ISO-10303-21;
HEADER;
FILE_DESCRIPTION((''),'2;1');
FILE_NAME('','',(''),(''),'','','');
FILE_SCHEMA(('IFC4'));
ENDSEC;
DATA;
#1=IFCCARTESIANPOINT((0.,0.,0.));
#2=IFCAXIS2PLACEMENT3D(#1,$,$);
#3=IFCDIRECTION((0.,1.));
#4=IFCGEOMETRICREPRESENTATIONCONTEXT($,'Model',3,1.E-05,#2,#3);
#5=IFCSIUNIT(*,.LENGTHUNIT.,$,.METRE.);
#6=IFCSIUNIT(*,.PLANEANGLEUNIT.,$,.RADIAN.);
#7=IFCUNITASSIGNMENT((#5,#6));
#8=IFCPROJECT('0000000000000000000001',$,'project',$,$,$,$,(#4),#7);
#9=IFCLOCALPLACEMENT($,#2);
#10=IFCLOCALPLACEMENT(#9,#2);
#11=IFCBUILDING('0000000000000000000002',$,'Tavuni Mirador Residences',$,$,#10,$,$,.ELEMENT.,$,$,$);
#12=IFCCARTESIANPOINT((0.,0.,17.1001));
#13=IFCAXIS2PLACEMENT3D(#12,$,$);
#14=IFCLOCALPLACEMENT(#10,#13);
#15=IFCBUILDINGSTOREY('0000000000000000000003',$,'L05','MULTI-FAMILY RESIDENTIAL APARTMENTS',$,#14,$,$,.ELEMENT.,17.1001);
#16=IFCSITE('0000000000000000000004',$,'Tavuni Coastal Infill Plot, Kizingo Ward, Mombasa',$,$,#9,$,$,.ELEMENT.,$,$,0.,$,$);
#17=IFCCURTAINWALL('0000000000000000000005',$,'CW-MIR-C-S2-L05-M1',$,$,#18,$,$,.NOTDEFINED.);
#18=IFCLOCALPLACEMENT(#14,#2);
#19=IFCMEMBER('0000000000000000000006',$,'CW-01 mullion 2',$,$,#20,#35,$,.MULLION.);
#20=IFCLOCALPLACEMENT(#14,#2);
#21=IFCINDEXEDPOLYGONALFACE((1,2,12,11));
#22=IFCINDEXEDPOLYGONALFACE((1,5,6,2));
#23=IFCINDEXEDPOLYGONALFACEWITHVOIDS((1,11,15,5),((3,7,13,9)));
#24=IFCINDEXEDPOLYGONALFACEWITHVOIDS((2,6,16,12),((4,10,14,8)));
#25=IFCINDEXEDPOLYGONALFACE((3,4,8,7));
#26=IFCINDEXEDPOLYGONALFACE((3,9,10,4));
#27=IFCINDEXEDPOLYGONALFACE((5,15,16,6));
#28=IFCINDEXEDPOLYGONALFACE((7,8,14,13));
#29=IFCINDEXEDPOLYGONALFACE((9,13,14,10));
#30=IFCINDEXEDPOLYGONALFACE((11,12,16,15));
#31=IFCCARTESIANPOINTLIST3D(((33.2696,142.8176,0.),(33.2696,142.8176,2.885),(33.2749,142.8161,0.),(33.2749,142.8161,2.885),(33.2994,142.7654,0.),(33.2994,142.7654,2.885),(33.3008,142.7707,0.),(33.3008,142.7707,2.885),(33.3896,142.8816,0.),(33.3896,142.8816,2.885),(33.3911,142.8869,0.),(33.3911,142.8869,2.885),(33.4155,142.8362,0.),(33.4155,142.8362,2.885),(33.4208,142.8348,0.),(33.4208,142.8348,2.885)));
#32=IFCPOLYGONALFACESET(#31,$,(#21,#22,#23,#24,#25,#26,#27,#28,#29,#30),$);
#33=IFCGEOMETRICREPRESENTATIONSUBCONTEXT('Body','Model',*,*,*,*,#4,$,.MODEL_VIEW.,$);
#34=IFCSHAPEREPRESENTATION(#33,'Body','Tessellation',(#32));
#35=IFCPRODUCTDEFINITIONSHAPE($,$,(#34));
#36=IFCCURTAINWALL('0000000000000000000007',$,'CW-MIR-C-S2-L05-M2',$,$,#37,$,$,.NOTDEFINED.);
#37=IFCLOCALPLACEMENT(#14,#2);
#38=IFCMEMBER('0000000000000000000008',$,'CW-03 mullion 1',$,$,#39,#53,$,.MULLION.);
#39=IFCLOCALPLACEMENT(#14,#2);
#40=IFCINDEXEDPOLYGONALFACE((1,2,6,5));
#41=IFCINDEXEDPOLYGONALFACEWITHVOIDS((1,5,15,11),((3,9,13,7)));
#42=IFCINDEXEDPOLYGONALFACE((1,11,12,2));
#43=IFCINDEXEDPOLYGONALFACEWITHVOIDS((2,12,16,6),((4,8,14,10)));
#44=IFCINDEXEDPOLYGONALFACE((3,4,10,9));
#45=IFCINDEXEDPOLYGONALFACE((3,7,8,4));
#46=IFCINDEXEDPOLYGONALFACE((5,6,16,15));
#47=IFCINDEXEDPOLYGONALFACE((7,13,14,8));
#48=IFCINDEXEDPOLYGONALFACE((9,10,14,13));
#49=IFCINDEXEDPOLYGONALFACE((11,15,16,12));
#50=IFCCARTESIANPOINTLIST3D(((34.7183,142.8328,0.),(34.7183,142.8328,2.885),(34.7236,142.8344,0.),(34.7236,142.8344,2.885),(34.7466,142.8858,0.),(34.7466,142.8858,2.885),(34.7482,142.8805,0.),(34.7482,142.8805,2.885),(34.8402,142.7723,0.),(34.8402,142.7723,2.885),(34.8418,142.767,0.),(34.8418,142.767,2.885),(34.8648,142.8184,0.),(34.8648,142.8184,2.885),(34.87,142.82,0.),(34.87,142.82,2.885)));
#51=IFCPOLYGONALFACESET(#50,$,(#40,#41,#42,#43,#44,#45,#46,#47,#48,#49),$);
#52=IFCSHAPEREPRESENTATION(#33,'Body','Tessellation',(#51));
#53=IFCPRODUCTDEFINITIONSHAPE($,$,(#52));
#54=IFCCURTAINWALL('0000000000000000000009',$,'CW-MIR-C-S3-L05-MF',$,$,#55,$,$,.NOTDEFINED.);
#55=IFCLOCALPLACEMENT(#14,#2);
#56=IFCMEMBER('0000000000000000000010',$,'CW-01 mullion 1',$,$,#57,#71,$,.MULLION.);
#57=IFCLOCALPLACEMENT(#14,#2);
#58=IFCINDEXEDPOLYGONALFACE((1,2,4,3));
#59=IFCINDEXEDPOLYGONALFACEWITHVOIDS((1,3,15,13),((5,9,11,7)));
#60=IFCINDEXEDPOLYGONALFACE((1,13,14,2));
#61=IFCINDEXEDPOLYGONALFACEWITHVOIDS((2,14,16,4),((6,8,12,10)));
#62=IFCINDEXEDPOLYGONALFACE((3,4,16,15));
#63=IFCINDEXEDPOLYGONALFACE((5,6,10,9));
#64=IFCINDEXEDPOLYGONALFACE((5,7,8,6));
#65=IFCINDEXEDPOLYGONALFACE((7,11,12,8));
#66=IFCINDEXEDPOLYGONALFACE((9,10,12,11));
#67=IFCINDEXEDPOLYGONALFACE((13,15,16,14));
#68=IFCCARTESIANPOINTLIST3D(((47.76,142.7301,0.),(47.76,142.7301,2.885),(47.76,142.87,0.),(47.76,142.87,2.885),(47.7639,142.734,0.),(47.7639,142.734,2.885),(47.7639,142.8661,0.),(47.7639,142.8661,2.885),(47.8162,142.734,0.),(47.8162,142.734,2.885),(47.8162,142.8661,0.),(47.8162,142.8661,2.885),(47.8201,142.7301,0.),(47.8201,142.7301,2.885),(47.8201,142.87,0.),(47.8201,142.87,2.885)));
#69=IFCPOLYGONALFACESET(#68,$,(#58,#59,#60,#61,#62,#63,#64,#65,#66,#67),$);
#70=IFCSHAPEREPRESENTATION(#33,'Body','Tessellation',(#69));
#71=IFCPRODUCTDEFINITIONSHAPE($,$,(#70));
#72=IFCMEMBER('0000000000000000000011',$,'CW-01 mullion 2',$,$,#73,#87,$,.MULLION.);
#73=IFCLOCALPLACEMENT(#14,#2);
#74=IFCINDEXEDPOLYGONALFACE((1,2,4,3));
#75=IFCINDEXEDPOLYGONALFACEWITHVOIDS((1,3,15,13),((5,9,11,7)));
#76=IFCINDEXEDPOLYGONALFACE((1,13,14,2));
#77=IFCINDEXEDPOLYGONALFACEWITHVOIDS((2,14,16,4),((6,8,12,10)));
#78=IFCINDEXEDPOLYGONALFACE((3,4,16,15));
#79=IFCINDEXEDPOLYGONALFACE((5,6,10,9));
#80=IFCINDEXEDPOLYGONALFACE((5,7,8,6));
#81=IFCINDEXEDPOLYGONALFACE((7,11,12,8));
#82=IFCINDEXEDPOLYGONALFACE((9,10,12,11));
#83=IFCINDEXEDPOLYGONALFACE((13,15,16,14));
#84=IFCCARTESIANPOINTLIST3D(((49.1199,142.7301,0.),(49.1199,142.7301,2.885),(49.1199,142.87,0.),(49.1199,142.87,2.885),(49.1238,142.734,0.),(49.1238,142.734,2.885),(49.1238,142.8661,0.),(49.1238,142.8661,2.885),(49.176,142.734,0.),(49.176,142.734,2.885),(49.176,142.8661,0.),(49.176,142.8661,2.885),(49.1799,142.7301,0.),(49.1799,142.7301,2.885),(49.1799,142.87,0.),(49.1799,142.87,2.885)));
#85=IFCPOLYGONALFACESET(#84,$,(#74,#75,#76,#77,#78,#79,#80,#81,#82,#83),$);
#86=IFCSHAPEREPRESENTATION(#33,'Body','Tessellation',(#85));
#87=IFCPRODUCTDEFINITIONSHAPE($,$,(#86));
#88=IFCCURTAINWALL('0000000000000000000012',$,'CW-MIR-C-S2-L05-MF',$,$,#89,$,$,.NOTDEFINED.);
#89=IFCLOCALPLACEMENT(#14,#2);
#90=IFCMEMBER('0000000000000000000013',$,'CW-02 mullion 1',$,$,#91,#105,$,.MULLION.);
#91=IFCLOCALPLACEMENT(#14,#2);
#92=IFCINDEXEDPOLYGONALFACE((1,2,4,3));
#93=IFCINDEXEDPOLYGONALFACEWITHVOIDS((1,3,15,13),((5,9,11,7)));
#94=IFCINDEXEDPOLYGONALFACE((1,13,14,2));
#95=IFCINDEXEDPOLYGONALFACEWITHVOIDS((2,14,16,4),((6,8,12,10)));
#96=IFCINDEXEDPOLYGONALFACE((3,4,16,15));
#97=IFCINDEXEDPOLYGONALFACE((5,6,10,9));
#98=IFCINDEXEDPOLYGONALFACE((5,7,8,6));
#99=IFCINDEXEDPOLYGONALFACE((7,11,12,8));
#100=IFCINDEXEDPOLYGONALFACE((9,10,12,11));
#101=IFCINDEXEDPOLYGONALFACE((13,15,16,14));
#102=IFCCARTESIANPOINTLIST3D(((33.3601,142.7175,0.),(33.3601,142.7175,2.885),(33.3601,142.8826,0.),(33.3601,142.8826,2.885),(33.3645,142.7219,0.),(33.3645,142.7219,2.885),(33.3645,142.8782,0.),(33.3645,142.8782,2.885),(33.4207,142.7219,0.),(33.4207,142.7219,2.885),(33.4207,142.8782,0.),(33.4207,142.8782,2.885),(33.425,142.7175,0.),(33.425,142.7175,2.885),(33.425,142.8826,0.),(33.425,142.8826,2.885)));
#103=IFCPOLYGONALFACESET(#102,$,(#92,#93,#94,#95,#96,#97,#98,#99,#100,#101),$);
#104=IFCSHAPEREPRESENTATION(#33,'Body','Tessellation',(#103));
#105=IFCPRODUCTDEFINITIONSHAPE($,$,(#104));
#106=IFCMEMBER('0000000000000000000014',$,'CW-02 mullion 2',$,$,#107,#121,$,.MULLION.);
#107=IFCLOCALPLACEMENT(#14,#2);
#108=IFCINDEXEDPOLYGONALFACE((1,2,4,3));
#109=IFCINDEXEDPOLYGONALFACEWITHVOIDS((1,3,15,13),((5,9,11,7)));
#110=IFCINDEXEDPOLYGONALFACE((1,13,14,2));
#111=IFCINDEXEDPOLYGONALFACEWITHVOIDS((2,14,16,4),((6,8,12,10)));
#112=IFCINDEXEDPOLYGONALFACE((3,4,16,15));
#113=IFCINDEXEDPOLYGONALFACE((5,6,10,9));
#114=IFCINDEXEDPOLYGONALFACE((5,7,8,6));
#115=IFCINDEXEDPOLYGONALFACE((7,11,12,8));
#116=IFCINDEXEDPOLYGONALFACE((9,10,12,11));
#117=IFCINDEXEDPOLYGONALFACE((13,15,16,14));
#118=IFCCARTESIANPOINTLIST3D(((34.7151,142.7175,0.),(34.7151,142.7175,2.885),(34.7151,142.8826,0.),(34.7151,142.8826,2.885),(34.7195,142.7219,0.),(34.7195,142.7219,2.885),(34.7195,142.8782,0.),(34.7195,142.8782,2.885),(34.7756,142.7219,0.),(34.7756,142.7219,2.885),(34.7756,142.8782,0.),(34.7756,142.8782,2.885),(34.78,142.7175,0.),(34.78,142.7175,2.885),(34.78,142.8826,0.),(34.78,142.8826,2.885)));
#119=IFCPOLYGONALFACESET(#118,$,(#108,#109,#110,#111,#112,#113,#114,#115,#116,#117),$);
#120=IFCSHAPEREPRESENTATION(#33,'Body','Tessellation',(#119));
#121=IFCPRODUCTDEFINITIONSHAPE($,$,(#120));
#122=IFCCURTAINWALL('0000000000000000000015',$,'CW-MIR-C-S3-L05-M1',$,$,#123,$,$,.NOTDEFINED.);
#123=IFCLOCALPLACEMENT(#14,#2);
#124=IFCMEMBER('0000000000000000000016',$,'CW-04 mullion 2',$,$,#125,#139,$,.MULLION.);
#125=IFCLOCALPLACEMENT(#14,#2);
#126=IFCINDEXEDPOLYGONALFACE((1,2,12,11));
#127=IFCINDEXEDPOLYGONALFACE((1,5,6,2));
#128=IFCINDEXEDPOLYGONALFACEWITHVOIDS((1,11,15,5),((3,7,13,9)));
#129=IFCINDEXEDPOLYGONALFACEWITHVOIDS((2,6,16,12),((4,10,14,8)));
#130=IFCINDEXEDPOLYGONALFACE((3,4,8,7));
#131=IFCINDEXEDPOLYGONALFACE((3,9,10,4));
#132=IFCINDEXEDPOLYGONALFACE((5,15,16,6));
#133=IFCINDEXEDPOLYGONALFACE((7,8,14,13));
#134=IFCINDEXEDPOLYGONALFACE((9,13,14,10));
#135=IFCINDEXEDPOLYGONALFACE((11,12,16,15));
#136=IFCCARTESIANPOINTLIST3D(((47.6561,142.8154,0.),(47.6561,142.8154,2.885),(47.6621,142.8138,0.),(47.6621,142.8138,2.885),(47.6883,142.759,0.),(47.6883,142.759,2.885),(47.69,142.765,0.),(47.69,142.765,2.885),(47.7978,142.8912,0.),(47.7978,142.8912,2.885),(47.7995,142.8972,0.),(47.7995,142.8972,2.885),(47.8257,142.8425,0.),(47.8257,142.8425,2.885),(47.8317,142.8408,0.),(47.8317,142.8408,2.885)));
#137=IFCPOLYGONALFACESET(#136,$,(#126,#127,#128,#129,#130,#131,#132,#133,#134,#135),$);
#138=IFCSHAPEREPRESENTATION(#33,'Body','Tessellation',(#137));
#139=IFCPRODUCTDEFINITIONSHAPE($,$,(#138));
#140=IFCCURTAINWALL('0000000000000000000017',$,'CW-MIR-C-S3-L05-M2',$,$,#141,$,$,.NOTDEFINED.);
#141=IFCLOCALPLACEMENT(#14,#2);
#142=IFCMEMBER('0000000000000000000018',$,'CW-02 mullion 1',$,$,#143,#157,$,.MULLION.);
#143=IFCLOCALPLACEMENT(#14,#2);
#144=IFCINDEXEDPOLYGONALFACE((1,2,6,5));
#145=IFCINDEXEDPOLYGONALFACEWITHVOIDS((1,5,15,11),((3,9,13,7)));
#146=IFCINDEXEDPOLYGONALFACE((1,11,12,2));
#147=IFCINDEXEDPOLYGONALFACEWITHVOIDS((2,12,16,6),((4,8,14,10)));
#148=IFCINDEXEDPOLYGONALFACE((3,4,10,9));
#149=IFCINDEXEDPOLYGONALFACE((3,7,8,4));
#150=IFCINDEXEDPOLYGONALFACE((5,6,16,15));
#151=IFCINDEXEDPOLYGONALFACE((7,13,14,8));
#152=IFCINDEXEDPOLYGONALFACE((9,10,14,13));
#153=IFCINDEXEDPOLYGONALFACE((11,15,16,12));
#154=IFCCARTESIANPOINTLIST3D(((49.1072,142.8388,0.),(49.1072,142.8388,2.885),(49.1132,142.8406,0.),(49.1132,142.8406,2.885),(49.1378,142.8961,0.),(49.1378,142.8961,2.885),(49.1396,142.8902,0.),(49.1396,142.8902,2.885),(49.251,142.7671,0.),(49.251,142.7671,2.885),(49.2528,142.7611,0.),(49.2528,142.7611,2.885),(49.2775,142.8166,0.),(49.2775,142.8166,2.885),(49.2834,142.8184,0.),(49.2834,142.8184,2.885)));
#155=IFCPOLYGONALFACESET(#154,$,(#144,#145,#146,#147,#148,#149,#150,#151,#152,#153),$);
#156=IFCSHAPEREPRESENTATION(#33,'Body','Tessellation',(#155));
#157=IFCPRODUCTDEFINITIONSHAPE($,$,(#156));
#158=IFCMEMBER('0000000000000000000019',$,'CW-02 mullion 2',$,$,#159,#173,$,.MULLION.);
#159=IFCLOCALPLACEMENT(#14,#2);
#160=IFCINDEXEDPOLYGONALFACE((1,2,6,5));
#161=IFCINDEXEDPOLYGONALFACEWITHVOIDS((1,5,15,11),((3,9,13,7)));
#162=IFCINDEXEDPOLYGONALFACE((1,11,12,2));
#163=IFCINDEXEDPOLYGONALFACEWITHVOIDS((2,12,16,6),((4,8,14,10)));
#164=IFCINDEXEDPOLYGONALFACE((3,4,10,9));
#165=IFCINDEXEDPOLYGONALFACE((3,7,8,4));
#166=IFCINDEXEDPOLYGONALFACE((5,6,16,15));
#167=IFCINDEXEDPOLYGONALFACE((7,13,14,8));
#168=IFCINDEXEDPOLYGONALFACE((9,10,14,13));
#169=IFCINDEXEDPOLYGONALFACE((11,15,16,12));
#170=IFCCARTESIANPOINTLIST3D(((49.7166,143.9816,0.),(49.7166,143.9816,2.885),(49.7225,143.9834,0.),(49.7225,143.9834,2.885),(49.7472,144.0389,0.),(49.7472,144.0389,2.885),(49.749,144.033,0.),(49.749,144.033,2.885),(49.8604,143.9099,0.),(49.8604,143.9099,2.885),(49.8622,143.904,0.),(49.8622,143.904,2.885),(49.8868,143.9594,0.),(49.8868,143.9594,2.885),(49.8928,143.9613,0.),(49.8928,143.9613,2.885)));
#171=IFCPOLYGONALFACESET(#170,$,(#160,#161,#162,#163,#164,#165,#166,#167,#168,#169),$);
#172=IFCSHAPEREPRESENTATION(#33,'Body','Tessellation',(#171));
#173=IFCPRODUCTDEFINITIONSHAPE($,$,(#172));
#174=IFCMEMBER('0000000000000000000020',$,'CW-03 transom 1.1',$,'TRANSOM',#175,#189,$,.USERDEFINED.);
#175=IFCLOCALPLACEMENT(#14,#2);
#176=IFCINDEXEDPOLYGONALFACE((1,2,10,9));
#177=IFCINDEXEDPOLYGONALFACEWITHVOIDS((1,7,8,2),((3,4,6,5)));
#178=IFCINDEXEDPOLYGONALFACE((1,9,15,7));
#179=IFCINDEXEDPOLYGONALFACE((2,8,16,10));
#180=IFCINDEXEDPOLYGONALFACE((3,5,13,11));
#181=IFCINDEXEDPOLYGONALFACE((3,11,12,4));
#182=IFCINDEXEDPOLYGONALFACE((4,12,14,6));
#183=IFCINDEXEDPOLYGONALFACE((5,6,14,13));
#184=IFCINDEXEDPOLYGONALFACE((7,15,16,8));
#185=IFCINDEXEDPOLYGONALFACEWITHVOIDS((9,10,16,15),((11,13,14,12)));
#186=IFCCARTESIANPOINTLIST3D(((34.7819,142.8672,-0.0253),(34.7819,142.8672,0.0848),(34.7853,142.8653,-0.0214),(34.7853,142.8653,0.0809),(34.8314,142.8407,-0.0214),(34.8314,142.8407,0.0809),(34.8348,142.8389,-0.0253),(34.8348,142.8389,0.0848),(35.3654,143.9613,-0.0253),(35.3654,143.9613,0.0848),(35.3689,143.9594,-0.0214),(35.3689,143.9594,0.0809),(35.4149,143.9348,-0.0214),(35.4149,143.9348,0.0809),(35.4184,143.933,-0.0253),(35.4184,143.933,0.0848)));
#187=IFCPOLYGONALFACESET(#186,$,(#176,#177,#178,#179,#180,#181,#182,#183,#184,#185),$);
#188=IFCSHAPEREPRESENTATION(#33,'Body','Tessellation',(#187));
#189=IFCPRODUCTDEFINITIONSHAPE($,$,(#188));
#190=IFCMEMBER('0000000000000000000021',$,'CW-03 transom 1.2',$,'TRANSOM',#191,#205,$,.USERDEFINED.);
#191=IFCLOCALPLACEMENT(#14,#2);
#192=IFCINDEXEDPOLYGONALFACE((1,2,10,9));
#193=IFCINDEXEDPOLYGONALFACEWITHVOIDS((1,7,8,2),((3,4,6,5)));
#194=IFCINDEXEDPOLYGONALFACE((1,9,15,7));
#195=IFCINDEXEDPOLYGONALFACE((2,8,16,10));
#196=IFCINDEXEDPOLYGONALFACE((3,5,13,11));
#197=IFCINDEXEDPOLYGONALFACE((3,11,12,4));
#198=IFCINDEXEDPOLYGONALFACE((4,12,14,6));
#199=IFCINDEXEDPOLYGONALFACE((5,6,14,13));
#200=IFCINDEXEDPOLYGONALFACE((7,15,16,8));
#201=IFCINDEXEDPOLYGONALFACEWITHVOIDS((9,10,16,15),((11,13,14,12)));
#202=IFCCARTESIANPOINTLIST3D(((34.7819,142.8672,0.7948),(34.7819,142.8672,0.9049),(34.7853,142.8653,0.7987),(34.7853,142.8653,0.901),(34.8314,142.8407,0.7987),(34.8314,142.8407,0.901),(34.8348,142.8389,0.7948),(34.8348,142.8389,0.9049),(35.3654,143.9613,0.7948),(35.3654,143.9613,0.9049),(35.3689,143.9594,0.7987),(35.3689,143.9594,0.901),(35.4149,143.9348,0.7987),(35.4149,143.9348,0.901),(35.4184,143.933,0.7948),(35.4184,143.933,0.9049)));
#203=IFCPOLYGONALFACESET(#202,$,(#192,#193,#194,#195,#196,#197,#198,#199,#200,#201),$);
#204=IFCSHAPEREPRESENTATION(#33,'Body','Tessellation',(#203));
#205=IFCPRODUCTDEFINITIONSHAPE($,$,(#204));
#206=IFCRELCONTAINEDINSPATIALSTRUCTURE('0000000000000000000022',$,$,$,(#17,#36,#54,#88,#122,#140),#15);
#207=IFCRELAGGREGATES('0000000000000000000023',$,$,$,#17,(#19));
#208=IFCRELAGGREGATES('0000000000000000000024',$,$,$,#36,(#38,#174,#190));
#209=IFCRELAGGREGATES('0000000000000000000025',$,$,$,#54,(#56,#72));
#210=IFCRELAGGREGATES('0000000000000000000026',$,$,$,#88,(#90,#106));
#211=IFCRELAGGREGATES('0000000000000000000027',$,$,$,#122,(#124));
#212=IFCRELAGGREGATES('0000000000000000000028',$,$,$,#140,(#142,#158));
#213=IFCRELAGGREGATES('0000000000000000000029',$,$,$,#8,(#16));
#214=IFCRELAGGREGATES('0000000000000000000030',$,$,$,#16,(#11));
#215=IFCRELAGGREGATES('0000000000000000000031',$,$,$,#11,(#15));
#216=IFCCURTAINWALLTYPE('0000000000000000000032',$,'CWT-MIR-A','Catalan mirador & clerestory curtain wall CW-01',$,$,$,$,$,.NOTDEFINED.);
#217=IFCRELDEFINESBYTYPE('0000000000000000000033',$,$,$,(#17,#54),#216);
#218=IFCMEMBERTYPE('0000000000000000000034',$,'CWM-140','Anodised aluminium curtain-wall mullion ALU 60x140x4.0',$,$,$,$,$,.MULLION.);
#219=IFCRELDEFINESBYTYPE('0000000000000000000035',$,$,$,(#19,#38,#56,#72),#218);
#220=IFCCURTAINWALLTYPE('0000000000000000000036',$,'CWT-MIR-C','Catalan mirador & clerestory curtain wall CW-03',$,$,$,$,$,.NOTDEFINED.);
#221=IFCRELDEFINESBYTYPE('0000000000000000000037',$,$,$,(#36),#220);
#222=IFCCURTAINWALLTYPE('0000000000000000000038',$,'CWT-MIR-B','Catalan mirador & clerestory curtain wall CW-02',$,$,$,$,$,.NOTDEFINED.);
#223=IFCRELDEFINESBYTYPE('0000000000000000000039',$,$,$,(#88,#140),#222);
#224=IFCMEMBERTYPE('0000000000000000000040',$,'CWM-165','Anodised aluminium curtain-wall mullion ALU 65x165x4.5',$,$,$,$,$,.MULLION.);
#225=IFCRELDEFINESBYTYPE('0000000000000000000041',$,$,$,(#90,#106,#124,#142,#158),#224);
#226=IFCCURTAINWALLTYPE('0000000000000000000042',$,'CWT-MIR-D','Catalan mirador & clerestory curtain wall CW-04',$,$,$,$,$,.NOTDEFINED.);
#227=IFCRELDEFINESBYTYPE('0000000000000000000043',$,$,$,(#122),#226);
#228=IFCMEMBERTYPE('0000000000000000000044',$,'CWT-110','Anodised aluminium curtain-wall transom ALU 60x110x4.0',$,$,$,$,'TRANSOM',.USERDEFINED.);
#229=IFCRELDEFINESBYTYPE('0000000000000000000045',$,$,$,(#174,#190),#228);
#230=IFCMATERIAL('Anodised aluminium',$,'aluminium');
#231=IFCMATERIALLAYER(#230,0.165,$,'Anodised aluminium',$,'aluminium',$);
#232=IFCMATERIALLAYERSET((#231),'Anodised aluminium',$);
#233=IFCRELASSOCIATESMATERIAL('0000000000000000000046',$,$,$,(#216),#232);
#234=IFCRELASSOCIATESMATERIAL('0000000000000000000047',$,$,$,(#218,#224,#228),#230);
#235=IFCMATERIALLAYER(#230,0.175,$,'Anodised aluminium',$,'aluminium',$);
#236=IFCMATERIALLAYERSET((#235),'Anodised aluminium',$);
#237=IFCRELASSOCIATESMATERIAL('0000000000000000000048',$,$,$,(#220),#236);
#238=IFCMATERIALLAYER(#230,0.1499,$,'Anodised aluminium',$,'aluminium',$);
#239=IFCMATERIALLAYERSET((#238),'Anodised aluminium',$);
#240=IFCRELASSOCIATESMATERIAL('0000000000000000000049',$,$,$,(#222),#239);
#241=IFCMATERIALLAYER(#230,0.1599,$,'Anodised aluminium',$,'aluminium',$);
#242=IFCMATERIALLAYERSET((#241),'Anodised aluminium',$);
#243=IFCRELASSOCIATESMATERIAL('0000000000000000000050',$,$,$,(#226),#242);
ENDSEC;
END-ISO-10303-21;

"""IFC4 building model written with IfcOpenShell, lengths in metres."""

from ifc_helpers import new_model, si_unit, direction, frame, origin, origin_2d, place, context, subcontext, project, spatial, hollow_rectangle, extrude, material, layer, layer_set, material_profile, profile_set, type_object, element, aggregate, save


model = new_model("IFC4")

# Units and contexts
model_context = context("Model", 3, precision=1e-05, world=origin(), true_north=direction((0.0, 1.0)))
body_context = subcontext(model_context, "Body", "Model", "MODEL_VIEW")
ifc_project = project(units=[si_unit("LENGTHUNIT", "METRE"), si_unit("PLANEANGLEUNIT", "RADIAN")], contexts=[model_context])

# Site, building, storey
site_placement = place(None, origin())
site = spatial("IfcSite", under=ifc_project, at=site_placement, Name="Tavuni Coastal Infill Plot, Kizingo Ward, Mombasa", CompositionType="ELEMENT", RefElevation=0.0)
building_placement = place(site_placement, origin())
building = spatial("IfcBuilding", under=site, at=building_placement, Name="Tavuni Mirador Residences", CompositionType="ELEMENT")
storey_placement = place(building_placement, frame((0.0, 0.0, 17.1001)))
storey = spatial("IfcBuildingStorey", under=building, at=storey_placement, Name="L05", Description="MULTI-FAMILY RESIDENTIAL APARTMENTS", CompositionType="ELEMENT", Elevation=17.1001)

# Curtain walls, members
ifc_material_1 = material(Name="Anodised aluminium", Category="aluminium")
ifc_layer_1 = layer(ifc_material_1, 0.165, Name="Anodised aluminium", Category="aluminium")
ifc_layer_set_1 = layer_set([ifc_layer_1], Name="Anodised aluminium")
curtain_wall_type_1 = type_object("IfcCurtainWallType", Name="CWT-MIR-A", Description="Catalan mirador & clerestory curtain wall CW-01", PredefinedType="NOTDEFINED", material=ifc_layer_set_1)
curtain_wall_1_placement = place(storey_placement, origin())
curtain_wall_1 = element("IfcCurtainWall", 1, at=curtain_wall_1_placement, inside=storey, type_object=curtain_wall_type_1, Name="CW-MIR-C-S2-L05-M1", PredefinedType="NOTDEFINED")
ifc_material_profile_1 = material_profile(ifc_material_1, hollow_rectangle(XDim=0.0601, YDim=0.1399, WallThickness=0.0039, at=origin_2d()), Name="ALU 60x140x4.0", Category="aluminium")
ifc_profile_set_1 = profile_set([ifc_material_profile_1], Name="Anodised aluminium")
member_type_1 = type_object("IfcMemberType", Name="CWM-140", Description="Anodised aluminium curtain-wall mullion ALU 60x140x4.0", PredefinedType="MULLION", material=ifc_profile_set_1)
member_1_placement = place(storey_placement, frame((33.3452, 142.8262, 0.0), z_axis=(0.0, 0.0, 1.0), x_axis=(0.495749, -0.868466, 0.0)))
member_1 = element("IfcMember", 2, at=member_1_placement, type_object=member_type_1, Name="CW-01 mullion 2", PredefinedType="MULLION", context=body_context, shape_type="SweptSolid", body=[
    extrude(hollow_rectangle(XDim=0.0601, YDim=0.1399, WallThickness=0.0039, at=origin_2d()), origin(), (0.0, 0.0, 1.0), 2.885),
])
ifc_layer_2 = layer(ifc_material_1, 0.175, Name="Anodised aluminium", Category="aluminium")
ifc_layer_set_2 = layer_set([ifc_layer_2], Name="Anodised aluminium")
curtain_wall_type_2 = type_object("IfcCurtainWallType", Name="CWT-MIR-C", Description="Catalan mirador & clerestory curtain wall CW-03", PredefinedType="NOTDEFINED", material=ifc_layer_set_2)
curtain_wall_2_placement = place(storey_placement, origin())
curtain_wall_2 = element("IfcCurtainWall", 3, at=curtain_wall_2_placement, inside=storey, type_object=curtain_wall_type_2, Name="CW-MIR-C-S2-L05-M2", PredefinedType="NOTDEFINED")
member_2_placement = place(storey_placement, frame((34.7942, 142.8264, 0.0), z_axis=(0.0, 0.0, 1.0), x_axis=(0.470588, 0.882353, 0.0)))
member_2 = element("IfcMember", 4, at=member_2_placement, type_object=member_type_1, Name="CW-03 mullion 1", PredefinedType="MULLION", context=body_context, shape_type="SweptSolid", body=[
    extrude(hollow_rectangle(XDim=0.0601, YDim=0.1399, WallThickness=0.0039, at=origin_2d()), origin(), (0.0, 0.0, 1.0), 2.885),
])

# Curtain walls, members
curtain_wall_3_placement = place(storey_placement, origin())
curtain_wall_3 = element("IfcCurtainWall", 5, at=curtain_wall_3_placement, inside=storey, type_object=curtain_wall_type_1, Name="CW-MIR-C-S3-L05-MF", PredefinedType="NOTDEFINED")
member_3_placement = place(storey_placement, frame((47.79, 142.8, 0.0), z_axis=(0.0, 0.0, 1.0), x_axis=(1.0, 0.0, 0.0)))
member_3 = element("IfcMember", 6, at=member_3_placement, type_object=member_type_1, Name="CW-01 mullion 1", PredefinedType="MULLION", context=body_context, shape_type="SweptSolid", body=[
    extrude(hollow_rectangle(XDim=0.0601, YDim=0.1399, WallThickness=0.0039, at=origin_2d()), origin(), (0.0, 0.0, 1.0), 2.885),
])
member_4_placement = place(storey_placement, frame((49.1499, 142.8, 0.0), z_axis=(0.0, 0.0, 1.0), x_axis=(1.0, 0.0, 0.0)))
member_4 = element("IfcMember", 7, at=member_4_placement, type_object=member_type_1, Name="CW-01 mullion 2", PredefinedType="MULLION", context=body_context, shape_type="SweptSolid", body=[
    extrude(hollow_rectangle(XDim=0.0601, YDim=0.1399, WallThickness=0.0039, at=origin_2d()), origin(), (0.0, 0.0, 1.0), 2.885),
])
ifc_layer_3 = layer(ifc_material_1, 0.1499, Name="Anodised aluminium", Category="aluminium")
ifc_layer_set_3 = layer_set([ifc_layer_3], Name="Anodised aluminium")
curtain_wall_type_3 = type_object("IfcCurtainWallType", Name="CWT-MIR-B", Description="Catalan mirador & clerestory curtain wall CW-02", PredefinedType="NOTDEFINED", material=ifc_layer_set_3)
curtain_wall_4_placement = place(storey_placement, origin())
curtain_wall_4 = element("IfcCurtainWall", 8, at=curtain_wall_4_placement, inside=storey, type_object=curtain_wall_type_3, Name="CW-MIR-C-S2-L05-MF", PredefinedType="NOTDEFINED")
ifc_material_profile_2 = material_profile(ifc_material_1, hollow_rectangle(XDim=0.0649, YDim=0.165, WallThickness=0.0044, at=origin_2d()), Name="ALU 65x165x4.5", Category="aluminium")
ifc_profile_set_2 = profile_set([ifc_material_profile_2], Name="Anodised aluminium")
member_type_2 = type_object("IfcMemberType", Name="CWM-165", Description="Anodised aluminium curtain-wall mullion ALU 65x165x4.5", PredefinedType="MULLION", material=ifc_profile_set_2)
member_5_placement = place(storey_placement, frame((33.3926, 142.8, 0.0), z_axis=(0.0, 0.0, 1.0), x_axis=(1.0, 0.0, 0.0)))
member_5 = element("IfcMember", 9, at=member_5_placement, type_object=member_type_2, Name="CW-02 mullion 1", PredefinedType="MULLION", context=body_context, shape_type="SweptSolid", body=[
    extrude(hollow_rectangle(XDim=0.0649, YDim=0.165, WallThickness=0.0044, at=origin_2d()), origin(), (0.0, 0.0, 1.0), 2.885),
])
member_6_placement = place(storey_placement, frame((34.7476, 142.8, 0.0), z_axis=(0.0, 0.0, 1.0), x_axis=(1.0, 0.0, 0.0)))
member_6 = element("IfcMember", 10, at=member_6_placement, type_object=member_type_2, Name="CW-02 mullion 2", PredefinedType="MULLION", context=body_context, shape_type="SweptSolid", body=[
    extrude(hollow_rectangle(XDim=0.0649, YDim=0.165, WallThickness=0.0044, at=origin_2d()), origin(), (0.0, 0.0, 1.0), 2.885),
])

# Curtain wall, member
ifc_layer_4 = layer(ifc_material_1, 0.1599, Name="Anodised aluminium", Category="aluminium")
ifc_layer_set_4 = layer_set([ifc_layer_4], Name="Anodised aluminium")
curtain_wall_type_4 = type_object("IfcCurtainWallType", Name="CWT-MIR-D", Description="Catalan mirador & clerestory curtain wall CW-04", PredefinedType="NOTDEFINED", material=ifc_layer_set_4)
curtain_wall_5_placement = place(storey_placement, origin())
curtain_wall_5 = element("IfcCurtainWall", 11, at=curtain_wall_5_placement, inside=storey, type_object=curtain_wall_type_4, Name="CW-MIR-C-S3-L05-M1", PredefinedType="NOTDEFINED")
member_7_placement = place(storey_placement, frame((47.7439, 142.8281, 0.0), z_axis=(0.0, 0.0, 1.0), x_axis=(0.495749, -0.868466, 0.0)))
member_7 = element("IfcMember", 12, at=member_7_placement, type_object=member_type_2, Name="CW-04 mullion 2", PredefinedType="MULLION", context=body_context, shape_type="SweptSolid", body=[
    extrude(hollow_rectangle(XDim=0.0649, YDim=0.165, WallThickness=0.0044, at=origin_2d()), origin(), (0.0, 0.0, 1.0), 2.885),
])

# Curtain wall, members
curtain_wall_6_placement = place(storey_placement, origin())
curtain_wall_6 = element("IfcCurtainWall", 13, at=curtain_wall_6_placement, inside=storey, type_object=curtain_wall_type_3, Name="CW-MIR-C-S3-L05-M2", PredefinedType="NOTDEFINED")
member_8_placement = place(storey_placement, frame((49.1953, 142.8286, 0.0), z_axis=(0.0, 0.0, 1.0), x_axis=(0.470588, 0.882353, 0.0)))
member_8 = element("IfcMember", 14, at=member_8_placement, type_object=member_type_2, Name="CW-02 mullion 1", PredefinedType="MULLION", context=body_context, shape_type="SweptSolid", body=[
    extrude(hollow_rectangle(XDim=0.0649, YDim=0.165, WallThickness=0.0044, at=origin_2d()), origin(), (0.0, 0.0, 1.0), 2.885),
])
member_9_placement = place(storey_placement, frame((49.8047, 143.9714, 0.0), z_axis=(0.0, 0.0, 1.0), x_axis=(0.470588, 0.882353, 0.0)))
member_9 = element("IfcMember", 15, at=member_9_placement, type_object=member_type_2, Name="CW-02 mullion 2", PredefinedType="MULLION", context=body_context, shape_type="SweptSolid", body=[
    extrude(hollow_rectangle(XDim=0.0649, YDim=0.165, WallThickness=0.0044, at=origin_2d()), origin(), (0.0, 0.0, 1.0), 2.885),
])

# Members
ifc_material_profile_3 = material_profile(ifc_material_1, hollow_rectangle(XDim=0.0601, YDim=0.1101, WallThickness=0.0039, at=origin_2d()), Name="ALU 60x110x4.0", Category="aluminium")
ifc_profile_set_3 = profile_set([ifc_material_profile_3], Name="Anodised aluminium")
member_type_3 = type_object("IfcMemberType", Name="CWT-110", Description="Anodised aluminium curtain-wall transom ALU 60x110x4.0", ElementType="TRANSOM", PredefinedType="USERDEFINED", material=ifc_profile_set_3)
member_10_placement = place(storey_placement, frame((34.8083, 142.853, 0.0298), z_axis=(0.470609, 0.882342, 0.0), x_axis=(-0.882342, 0.470609, 0.0)))
member_10 = element("IfcMember", 16, at=member_10_placement, type_object=member_type_3, Name="CW-03 transom 1.1", ObjectType="TRANSOM", PredefinedType="USERDEFINED", context=body_context, shape_type="SweptSolid", body=[
    extrude(hollow_rectangle(XDim=0.0601, YDim=0.1101, WallThickness=0.0039, at=origin_2d()), origin(), (0.0, 0.0, 1.0), 1.24),
])
member_11_placement = place(storey_placement, frame((34.8083, 142.853, 0.8499), z_axis=(0.470609, 0.882342, 0.0), x_axis=(-0.882342, 0.470609, 0.0)))
member_11 = element("IfcMember", 17, at=member_11_placement, type_object=member_type_3, Name="CW-03 transom 1.2", ObjectType="TRANSOM", PredefinedType="USERDEFINED", context=body_context, shape_type="SweptSolid", body=[
    extrude(hollow_rectangle(XDim=0.0601, YDim=0.1101, WallThickness=0.0039, at=origin_2d()), origin(), (0.0, 0.0, 1.0), 1.24),
])

aggregate(curtain_wall_1, [member_1])
aggregate(curtain_wall_2, [member_2, member_10, member_11])
aggregate(curtain_wall_3, [member_3, member_4])
aggregate(curtain_wall_4, [member_5, member_6])
aggregate(curtain_wall_5, [member_7])
aggregate(curtain_wall_6, [member_8, member_9])

save(model, "model.ifc")
